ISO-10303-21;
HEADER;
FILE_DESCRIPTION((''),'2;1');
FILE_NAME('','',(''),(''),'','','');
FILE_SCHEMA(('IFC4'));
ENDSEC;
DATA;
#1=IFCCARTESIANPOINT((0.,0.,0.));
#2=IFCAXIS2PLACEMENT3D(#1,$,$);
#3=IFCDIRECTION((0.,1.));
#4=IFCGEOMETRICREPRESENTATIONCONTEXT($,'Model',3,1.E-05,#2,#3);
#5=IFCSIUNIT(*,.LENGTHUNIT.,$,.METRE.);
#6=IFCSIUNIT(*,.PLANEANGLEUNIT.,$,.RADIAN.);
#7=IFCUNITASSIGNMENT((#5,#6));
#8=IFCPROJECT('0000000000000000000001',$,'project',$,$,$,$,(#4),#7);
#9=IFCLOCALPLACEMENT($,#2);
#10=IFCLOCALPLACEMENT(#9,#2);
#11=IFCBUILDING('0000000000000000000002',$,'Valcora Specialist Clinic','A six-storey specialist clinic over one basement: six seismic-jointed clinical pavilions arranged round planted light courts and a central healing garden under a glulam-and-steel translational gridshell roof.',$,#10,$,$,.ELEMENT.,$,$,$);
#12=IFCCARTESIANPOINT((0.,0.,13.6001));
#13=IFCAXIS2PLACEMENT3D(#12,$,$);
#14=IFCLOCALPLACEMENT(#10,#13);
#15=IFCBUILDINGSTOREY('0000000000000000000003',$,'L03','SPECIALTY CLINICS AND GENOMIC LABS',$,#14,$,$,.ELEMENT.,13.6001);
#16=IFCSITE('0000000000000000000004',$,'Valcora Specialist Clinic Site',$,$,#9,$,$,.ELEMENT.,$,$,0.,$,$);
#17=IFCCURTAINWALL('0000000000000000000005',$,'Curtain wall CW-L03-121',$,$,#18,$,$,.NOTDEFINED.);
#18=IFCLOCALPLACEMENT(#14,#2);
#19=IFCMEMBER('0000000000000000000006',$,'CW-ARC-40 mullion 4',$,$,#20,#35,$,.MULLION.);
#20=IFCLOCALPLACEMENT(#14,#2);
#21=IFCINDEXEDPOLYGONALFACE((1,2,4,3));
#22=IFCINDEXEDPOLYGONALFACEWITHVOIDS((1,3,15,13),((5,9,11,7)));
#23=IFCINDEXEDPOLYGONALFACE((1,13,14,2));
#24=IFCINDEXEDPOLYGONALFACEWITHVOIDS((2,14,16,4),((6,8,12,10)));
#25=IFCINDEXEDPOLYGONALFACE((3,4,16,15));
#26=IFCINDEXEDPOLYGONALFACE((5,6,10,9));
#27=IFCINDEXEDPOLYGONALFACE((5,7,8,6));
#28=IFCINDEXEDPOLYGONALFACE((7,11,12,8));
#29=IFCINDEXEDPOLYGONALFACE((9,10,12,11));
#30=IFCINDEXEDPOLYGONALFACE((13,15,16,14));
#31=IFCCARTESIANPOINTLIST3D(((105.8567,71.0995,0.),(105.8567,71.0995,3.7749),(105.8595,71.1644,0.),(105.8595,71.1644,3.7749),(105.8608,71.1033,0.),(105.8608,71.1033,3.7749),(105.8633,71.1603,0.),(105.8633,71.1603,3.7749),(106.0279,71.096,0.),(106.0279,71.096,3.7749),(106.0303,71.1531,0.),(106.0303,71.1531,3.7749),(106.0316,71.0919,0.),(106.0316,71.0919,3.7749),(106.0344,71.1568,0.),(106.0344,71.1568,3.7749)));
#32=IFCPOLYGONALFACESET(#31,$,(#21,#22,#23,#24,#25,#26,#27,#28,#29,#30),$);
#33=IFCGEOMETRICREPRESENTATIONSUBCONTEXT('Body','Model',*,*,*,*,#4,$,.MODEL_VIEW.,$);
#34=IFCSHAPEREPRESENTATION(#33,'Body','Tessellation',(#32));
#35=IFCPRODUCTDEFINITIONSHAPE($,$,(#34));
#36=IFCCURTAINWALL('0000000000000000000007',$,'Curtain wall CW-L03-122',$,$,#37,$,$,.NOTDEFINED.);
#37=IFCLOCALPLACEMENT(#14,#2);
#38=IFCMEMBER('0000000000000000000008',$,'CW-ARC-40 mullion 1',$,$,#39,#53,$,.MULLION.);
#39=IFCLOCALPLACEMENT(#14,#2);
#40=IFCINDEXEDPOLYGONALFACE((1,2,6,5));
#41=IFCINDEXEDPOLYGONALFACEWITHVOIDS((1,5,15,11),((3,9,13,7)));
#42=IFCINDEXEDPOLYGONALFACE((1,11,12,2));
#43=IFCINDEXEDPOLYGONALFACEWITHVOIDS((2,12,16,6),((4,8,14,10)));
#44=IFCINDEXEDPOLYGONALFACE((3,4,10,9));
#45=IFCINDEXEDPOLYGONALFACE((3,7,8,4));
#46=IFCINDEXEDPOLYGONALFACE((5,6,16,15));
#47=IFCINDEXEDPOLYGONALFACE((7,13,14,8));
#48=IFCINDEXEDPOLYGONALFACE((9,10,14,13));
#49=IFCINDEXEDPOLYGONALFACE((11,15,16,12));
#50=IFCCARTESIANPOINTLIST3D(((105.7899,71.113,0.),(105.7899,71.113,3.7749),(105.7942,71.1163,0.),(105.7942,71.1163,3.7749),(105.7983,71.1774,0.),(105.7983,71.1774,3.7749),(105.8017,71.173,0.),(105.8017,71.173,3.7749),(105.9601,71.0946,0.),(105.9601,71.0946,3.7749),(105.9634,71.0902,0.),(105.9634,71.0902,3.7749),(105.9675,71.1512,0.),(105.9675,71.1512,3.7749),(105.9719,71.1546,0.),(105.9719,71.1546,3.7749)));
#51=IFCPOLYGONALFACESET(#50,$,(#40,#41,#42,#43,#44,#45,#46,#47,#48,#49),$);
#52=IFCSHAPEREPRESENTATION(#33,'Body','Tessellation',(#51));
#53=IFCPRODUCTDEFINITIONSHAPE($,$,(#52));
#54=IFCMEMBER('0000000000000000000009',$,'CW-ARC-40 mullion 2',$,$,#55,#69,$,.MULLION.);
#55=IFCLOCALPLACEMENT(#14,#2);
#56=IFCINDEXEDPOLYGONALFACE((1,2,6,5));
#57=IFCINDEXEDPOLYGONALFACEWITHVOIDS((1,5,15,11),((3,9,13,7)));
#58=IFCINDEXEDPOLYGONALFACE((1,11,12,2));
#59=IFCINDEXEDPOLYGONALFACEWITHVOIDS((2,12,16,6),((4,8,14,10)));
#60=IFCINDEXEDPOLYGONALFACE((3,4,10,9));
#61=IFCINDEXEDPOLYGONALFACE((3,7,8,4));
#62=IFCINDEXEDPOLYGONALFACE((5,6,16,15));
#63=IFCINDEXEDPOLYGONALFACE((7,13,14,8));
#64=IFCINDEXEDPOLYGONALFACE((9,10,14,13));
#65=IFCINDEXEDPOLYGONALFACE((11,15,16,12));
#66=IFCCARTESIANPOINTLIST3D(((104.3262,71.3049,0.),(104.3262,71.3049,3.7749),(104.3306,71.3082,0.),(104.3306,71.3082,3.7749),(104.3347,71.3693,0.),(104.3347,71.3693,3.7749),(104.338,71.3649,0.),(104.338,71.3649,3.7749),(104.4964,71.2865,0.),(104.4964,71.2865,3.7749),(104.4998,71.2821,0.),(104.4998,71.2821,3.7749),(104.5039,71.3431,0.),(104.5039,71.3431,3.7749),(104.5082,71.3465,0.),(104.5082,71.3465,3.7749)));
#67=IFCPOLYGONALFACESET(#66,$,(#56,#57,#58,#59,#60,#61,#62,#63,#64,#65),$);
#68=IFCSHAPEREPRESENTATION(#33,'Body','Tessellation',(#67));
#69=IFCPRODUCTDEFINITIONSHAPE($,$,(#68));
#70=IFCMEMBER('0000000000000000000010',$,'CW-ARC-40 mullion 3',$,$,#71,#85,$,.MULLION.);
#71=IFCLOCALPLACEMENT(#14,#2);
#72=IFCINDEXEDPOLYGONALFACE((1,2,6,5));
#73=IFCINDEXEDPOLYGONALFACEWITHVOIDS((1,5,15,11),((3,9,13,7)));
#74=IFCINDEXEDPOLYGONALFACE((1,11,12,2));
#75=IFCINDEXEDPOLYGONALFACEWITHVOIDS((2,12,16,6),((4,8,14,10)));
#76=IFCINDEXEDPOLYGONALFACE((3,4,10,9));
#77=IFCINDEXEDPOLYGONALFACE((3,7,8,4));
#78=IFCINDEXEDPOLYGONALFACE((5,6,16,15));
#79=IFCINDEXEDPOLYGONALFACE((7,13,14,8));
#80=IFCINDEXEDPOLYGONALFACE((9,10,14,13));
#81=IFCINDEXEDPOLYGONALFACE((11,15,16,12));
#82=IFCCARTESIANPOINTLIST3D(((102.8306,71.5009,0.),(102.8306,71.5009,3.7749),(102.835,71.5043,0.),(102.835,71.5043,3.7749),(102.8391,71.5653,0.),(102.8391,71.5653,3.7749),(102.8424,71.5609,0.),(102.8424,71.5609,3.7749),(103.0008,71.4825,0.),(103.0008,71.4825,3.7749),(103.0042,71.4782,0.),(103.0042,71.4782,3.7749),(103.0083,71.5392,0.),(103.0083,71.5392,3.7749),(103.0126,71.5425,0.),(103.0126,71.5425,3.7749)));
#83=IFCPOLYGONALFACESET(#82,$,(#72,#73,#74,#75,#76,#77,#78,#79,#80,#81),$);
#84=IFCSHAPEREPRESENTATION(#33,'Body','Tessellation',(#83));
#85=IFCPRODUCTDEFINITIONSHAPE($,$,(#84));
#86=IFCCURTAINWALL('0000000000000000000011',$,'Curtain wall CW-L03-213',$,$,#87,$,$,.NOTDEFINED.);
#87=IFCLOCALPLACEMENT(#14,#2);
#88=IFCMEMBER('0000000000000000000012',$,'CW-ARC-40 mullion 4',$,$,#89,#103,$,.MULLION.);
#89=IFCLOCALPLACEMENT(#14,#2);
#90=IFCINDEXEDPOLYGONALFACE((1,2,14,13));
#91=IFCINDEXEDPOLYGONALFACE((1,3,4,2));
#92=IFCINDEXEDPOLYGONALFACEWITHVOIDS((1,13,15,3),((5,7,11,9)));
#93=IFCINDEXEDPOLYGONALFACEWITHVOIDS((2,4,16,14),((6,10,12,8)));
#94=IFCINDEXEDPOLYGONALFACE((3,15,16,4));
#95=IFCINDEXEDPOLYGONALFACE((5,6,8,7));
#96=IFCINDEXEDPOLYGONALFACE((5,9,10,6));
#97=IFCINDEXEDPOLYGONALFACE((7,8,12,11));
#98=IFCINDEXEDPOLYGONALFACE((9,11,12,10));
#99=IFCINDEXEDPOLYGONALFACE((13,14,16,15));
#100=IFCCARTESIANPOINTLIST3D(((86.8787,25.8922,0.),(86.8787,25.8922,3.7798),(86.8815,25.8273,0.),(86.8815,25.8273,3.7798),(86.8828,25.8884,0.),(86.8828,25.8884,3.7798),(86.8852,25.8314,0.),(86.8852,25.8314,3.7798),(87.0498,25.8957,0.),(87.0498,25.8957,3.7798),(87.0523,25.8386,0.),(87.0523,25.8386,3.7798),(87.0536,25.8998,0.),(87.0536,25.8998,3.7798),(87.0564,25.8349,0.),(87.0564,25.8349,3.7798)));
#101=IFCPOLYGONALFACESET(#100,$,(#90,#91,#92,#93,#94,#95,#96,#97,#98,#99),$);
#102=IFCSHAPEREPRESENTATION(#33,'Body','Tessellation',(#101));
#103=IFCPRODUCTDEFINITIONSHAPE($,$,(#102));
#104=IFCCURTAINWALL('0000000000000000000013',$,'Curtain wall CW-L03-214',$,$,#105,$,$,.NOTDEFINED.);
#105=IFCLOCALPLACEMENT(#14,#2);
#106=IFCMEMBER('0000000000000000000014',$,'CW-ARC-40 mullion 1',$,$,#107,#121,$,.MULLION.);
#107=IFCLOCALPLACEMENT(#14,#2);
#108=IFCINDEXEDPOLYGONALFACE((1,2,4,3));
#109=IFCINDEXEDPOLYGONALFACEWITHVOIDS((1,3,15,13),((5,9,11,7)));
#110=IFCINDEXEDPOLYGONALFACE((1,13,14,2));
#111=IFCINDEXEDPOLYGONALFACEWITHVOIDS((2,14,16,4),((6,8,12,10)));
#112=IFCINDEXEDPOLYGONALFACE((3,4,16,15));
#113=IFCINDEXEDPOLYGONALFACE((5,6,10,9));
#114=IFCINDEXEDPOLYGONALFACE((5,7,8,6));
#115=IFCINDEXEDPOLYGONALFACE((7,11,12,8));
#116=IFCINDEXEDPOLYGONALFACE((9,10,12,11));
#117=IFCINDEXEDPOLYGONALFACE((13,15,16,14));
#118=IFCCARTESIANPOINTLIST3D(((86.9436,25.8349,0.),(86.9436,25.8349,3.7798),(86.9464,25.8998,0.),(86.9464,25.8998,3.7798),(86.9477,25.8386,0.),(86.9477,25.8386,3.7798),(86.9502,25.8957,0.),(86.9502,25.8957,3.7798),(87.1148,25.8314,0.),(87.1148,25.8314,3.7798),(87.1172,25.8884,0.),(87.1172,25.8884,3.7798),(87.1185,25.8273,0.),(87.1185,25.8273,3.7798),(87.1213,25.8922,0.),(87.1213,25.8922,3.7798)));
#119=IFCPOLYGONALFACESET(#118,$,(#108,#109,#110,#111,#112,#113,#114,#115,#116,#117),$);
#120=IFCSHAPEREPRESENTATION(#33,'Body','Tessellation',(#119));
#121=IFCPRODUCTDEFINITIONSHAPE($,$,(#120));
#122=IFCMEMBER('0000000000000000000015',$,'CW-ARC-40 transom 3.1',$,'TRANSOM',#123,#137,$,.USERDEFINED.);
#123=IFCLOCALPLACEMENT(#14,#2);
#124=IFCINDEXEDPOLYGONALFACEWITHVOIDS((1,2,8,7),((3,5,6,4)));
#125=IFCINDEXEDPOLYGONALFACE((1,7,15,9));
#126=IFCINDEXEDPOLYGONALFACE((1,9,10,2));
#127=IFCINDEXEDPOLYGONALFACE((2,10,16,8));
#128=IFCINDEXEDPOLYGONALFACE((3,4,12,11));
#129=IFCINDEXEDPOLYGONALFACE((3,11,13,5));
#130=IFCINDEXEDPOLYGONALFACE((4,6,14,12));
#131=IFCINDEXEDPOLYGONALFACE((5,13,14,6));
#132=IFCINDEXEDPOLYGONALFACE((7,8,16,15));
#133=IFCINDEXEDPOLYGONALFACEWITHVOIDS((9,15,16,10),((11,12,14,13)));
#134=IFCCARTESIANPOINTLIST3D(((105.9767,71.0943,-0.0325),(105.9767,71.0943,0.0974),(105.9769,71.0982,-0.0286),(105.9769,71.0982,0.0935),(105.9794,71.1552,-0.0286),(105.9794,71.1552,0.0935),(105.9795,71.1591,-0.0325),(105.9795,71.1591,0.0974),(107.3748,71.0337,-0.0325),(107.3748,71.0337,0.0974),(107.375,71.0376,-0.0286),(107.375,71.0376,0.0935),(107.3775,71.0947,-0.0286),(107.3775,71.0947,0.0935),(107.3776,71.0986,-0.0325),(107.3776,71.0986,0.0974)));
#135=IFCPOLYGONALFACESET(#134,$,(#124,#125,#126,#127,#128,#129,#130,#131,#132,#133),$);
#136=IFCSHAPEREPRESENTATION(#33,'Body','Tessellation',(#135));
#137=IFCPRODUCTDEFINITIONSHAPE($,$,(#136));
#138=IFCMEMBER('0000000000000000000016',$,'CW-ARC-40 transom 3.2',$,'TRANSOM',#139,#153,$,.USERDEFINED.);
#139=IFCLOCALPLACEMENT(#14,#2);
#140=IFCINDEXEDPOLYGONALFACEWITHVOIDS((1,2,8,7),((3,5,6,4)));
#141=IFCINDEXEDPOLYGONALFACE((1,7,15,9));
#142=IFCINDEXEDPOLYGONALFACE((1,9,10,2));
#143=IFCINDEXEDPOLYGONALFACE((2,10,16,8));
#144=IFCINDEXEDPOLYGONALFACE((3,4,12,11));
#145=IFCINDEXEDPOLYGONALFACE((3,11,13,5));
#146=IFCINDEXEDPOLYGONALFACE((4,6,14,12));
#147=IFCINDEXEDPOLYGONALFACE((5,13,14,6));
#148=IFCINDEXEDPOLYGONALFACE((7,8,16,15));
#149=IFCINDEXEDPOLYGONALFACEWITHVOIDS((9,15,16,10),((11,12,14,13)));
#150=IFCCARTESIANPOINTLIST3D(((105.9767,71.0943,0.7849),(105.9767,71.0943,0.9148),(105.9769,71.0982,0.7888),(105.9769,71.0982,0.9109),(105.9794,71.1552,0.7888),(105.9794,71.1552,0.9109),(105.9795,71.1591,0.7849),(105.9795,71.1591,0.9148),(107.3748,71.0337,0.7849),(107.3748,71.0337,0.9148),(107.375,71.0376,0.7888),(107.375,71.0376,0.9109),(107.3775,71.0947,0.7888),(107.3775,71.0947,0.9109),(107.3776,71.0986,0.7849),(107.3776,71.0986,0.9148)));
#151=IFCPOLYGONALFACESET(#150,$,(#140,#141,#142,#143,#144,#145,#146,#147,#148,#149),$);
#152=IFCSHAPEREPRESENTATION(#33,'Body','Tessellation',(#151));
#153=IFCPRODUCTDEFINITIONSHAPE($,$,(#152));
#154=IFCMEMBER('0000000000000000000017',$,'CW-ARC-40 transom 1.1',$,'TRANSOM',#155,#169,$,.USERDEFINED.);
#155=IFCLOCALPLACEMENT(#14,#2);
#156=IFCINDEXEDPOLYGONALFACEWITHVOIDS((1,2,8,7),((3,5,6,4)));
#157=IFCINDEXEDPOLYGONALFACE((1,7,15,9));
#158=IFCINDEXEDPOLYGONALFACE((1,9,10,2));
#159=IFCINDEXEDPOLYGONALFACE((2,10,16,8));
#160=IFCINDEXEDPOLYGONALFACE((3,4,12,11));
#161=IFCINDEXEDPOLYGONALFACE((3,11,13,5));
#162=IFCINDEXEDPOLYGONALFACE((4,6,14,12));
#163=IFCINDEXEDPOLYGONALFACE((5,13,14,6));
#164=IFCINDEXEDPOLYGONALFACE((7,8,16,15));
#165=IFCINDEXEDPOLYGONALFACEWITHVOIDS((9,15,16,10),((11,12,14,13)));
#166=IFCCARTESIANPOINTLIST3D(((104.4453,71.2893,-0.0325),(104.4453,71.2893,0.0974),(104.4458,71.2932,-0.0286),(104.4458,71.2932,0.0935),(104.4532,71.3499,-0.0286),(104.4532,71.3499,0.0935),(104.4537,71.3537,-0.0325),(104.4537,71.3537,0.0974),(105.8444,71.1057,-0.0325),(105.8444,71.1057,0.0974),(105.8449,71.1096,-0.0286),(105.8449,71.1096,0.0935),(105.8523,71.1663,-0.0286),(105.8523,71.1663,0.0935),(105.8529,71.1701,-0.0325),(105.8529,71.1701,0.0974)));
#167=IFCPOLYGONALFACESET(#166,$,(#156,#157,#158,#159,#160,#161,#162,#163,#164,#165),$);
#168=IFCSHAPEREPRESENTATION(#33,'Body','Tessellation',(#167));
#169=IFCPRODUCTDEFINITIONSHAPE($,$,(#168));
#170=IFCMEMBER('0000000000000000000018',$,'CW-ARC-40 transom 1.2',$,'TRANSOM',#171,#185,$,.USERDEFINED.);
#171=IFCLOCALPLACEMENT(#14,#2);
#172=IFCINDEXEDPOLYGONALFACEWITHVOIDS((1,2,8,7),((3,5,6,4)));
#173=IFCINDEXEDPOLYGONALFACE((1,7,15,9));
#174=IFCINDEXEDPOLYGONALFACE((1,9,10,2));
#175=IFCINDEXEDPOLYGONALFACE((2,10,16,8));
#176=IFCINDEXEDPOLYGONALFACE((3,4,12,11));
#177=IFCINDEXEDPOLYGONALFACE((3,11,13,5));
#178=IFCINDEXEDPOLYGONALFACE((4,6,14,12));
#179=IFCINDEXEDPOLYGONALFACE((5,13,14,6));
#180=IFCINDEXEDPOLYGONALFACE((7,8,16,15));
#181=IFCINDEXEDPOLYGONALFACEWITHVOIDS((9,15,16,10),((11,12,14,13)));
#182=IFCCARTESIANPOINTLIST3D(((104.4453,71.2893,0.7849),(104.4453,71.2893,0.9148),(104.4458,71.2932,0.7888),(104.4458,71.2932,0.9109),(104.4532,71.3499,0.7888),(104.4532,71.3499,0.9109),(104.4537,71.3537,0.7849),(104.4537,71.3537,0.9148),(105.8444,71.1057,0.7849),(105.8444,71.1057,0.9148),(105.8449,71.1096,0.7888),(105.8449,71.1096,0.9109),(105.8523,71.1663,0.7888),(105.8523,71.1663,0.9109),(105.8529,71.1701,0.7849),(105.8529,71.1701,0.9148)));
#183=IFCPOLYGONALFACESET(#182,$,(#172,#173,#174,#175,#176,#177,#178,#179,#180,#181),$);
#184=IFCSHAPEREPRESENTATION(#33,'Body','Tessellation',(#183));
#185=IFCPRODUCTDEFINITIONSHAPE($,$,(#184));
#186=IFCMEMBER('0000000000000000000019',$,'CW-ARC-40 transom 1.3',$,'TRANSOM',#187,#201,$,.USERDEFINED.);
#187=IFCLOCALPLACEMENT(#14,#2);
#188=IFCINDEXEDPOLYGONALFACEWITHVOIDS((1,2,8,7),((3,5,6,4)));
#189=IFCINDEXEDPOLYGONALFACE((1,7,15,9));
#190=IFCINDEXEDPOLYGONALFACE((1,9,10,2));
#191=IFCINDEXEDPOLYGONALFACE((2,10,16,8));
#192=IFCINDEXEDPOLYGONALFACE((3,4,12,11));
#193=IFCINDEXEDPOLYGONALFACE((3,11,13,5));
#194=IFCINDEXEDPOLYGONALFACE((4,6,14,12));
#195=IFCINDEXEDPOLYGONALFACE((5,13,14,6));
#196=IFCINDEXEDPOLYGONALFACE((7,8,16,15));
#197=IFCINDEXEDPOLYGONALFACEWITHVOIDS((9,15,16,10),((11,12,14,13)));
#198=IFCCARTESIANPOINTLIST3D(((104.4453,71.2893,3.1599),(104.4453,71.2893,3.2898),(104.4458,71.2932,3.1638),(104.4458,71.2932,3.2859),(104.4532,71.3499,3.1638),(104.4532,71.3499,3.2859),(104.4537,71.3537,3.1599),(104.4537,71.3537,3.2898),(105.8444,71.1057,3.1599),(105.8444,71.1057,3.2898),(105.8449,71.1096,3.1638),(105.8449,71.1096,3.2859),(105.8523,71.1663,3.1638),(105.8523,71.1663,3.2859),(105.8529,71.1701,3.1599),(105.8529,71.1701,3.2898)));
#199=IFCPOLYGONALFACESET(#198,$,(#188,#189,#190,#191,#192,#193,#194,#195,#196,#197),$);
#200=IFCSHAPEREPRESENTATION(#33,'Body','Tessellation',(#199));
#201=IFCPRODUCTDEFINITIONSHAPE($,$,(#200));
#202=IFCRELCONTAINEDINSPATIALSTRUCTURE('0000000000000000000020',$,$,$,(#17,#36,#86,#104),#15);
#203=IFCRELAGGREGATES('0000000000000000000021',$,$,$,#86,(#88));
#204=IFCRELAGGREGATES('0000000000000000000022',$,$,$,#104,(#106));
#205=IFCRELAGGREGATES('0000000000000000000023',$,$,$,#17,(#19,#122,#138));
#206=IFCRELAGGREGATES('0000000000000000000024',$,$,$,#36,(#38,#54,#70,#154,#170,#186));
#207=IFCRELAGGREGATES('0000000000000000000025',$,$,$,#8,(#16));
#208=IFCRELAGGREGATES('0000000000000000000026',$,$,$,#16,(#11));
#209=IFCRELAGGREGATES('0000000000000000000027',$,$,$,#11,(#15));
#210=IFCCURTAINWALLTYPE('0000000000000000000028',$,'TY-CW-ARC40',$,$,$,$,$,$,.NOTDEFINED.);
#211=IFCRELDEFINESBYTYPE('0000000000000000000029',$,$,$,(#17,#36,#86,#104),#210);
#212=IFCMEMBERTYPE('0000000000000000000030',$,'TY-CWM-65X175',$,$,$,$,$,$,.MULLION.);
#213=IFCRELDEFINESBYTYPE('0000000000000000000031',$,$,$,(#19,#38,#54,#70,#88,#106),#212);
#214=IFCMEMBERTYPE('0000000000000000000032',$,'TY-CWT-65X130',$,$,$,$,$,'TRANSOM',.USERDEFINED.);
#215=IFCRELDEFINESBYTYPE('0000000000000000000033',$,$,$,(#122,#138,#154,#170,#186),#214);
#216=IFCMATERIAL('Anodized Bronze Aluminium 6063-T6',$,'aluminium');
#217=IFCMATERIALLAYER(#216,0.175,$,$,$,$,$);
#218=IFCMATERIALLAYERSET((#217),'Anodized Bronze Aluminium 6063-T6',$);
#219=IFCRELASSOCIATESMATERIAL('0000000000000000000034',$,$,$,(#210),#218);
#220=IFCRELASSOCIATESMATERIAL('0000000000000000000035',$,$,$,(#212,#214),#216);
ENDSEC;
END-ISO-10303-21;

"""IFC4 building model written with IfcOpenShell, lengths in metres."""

from ifc_helpers import new_model, si_unit, direction, frame, origin, origin_2d, place, context, subcontext, project, spatial, hollow_rectangle, extrude, material, layer, layer_set, material_profile, profile_set, type_object, element, aggregate, save


model = new_model("IFC4")

# Units and contexts
model_context = context("Model", 3, precision=1e-05, world=origin(), true_north=direction((0.0, 1.0)))
body_context = subcontext(model_context, "Body", "Model", "MODEL_VIEW")
ifc_project = project(units=[si_unit("LENGTHUNIT", "METRE"), si_unit("PLANEANGLEUNIT", "RADIAN")], contexts=[model_context])

# Site, building, storey
site_placement = place(None, origin())
site = spatial("IfcSite", under=ifc_project, at=site_placement, Name="Valcora Specialist Clinic Site", CompositionType="ELEMENT", RefElevation=0.0)
building_placement = place(site_placement, origin())
building = spatial("IfcBuilding", under=site, at=building_placement, Name="Valcora Specialist Clinic", Description="A six-storey specialist clinic over one basement: six seismic-jointed clinical pavilions arranged round planted light courts and a central healing garden under a glulam-and-steel translational gridshell roof.", CompositionType="ELEMENT")
storey_placement = place(building_placement, frame((0.0, 0.0, 13.6001)))
storey = spatial("IfcBuildingStorey", under=building, at=storey_placement, Name="L03", Description="SPECIALTY CLINICS AND GENOMIC LABS", CompositionType="ELEMENT", Elevation=13.6001)

# Curtain wall, member
ifc_material_1 = material(Name="Anodized Bronze Aluminium 6063-T6", Category="aluminium")
ifc_layer_1 = layer(ifc_material_1, 0.175)
ifc_layer_set_1 = layer_set([ifc_layer_1], Name="Anodized Bronze Aluminium 6063-T6")
curtain_wall_type = type_object("IfcCurtainWallType", Name="TY-CW-ARC40", PredefinedType="NOTDEFINED", material=ifc_layer_set_1)
curtain_wall_1_placement = place(storey_placement, origin())
curtain_wall_1 = element("IfcCurtainWall", 1, at=curtain_wall_1_placement, inside=storey, type_object=curtain_wall_type, Name="Curtain wall CW-L03-121", PredefinedType="NOTDEFINED")
ifc_material_profile_1 = material_profile(ifc_material_1, hollow_rectangle(XDim=0.0649, YDim=0.175, WallThickness=0.0039, at=origin_2d()), Name="AL-MUL-65X175")
ifc_profile_set_1 = profile_set([ifc_material_profile_1], Name="Anodized Bronze Aluminium 6063-T6")
member_type_1 = type_object("IfcMemberType", Name="TY-CWM-65X175", PredefinedType="MULLION", material=ifc_profile_set_1)
member_1_placement = place(storey_placement, frame((105.9456, 71.1282, 0.0), z_axis=(0.0, 0.0, 1.0), x_axis=(-0.043307, -0.999062, 0.0)))
member_1 = element("IfcMember", 2, at=member_1_placement, type_object=member_type_1, Name="CW-ARC-40 mullion 4", PredefinedType="MULLION", context=body_context, shape_type="SweptSolid", body=[
    extrude(hollow_rectangle(XDim=0.0649, YDim=0.175, WallThickness=0.0039, at=origin_2d()), origin(), (0.0, 0.0, 1.0), 3.7749),
])

# Curtain wall, members
curtain_wall_2_placement = place(storey_placement, origin())
curtain_wall_2 = element("IfcCurtainWall", 3, at=curtain_wall_2_placement, inside=storey, type_object=curtain_wall_type, Name="Curtain wall CW-L03-122", PredefinedType="NOTDEFINED")
member_2_placement = place(storey_placement, frame((105.8809, 71.1338, 0.0), z_axis=(0.0, 0.0, 1.0), x_axis=(-0.129999, -0.991514, 0.0)))
member_2 = element("IfcMember", 4, at=member_2_placement, type_object=member_type_1, Name="CW-ARC-40 mullion 1", PredefinedType="MULLION", context=body_context, shape_type="SweptSolid", body=[
    extrude(hollow_rectangle(XDim=0.0649, YDim=0.175, WallThickness=0.0039, at=origin_2d()), origin(), (0.0, 0.0, 1.0), 3.7749),
])
member_3_placement = place(storey_placement, frame((104.4172, 71.3257, 0.0), z_axis=(0.0, 0.0, 1.0), x_axis=(-0.129999, -0.991514, 0.0)))
member_3 = element("IfcMember", 5, at=member_3_placement, type_object=member_type_1, Name="CW-ARC-40 mullion 2", PredefinedType="MULLION", context=body_context, shape_type="SweptSolid", body=[
    extrude(hollow_rectangle(XDim=0.0649, YDim=0.175, WallThickness=0.0039, at=origin_2d()), origin(), (0.0, 0.0, 1.0), 3.7749),
])
member_4_placement = place(storey_placement, frame((102.9216, 71.5217, 0.0), z_axis=(0.0, 0.0, 1.0), x_axis=(-0.129999, -0.991514, 0.0)))
member_4 = element("IfcMember", 6, at=member_4_placement, type_object=member_type_1, Name="CW-ARC-40 mullion 3", PredefinedType="MULLION", context=body_context, shape_type="SweptSolid", body=[
    extrude(hollow_rectangle(XDim=0.0649, YDim=0.175, WallThickness=0.0039, at=origin_2d()), origin(), (0.0, 0.0, 1.0), 3.7749),
])

# Curtain walls, members
curtain_wall_3_placement = place(storey_placement, origin())
curtain_wall_3 = element("IfcCurtainWall", 7, at=curtain_wall_3_placement, inside=storey, type_object=curtain_wall_type, Name="Curtain wall CW-L03-213", PredefinedType="NOTDEFINED")
member_5_placement = place(storey_placement, frame((86.9675, 25.8635, 0.0), z_axis=(0.0, 0.0, 1.0), x_axis=(-0.043307, 0.999062, 0.0)))
member_5 = element("IfcMember", 8, at=member_5_placement, type_object=member_type_1, Name="CW-ARC-40 mullion 4", PredefinedType="MULLION", context=body_context, shape_type="SweptSolid", body=[
    extrude(hollow_rectangle(XDim=0.0649, YDim=0.175, WallThickness=0.0039, at=origin_2d()), origin(), (0.0, 0.0, 1.0), 3.7798),
])
aggregate(curtain_wall_3, [member_5])
curtain_wall_4_placement = place(storey_placement, origin())
curtain_wall_4 = element("IfcCurtainWall", 9, at=curtain_wall_4_placement, inside=storey, type_object=curtain_wall_type, Name="Curtain wall CW-L03-214", PredefinedType="NOTDEFINED")
member_6_placement = place(storey_placement, frame((87.0325, 25.8635, 0.0), z_axis=(0.0, 0.0, 1.0), x_axis=(0.043307, 0.999062, 0.0)))
member_6 = element("IfcMember", 10, at=member_6_placement, type_object=member_type_1, Name="CW-ARC-40 mullion 1", PredefinedType="MULLION", context=body_context, shape_type="SweptSolid", body=[
    extrude(hollow_rectangle(XDim=0.0649, YDim=0.175, WallThickness=0.0039, at=origin_2d()), origin(), (0.0, 0.0, 1.0), 3.7798),
])

# Members
ifc_material_profile_2 = material_profile(ifc_material_1, hollow_rectangle(XDim=0.0649, YDim=0.1299, WallThickness=0.0039, at=origin_2d()), Name="AL-TRN-65X130")
ifc_profile_set_2 = profile_set([ifc_material_profile_2], Name="Anodized Bronze Aluminium 6063-T6")
member_type_2 = type_object("IfcMemberType", Name="TY-CWT-65X130", ElementType="TRANSOM", PredefinedType="USERDEFINED", material=ifc_profile_set_2)
member_7_placement = place(storey_placement, frame((107.3762, 71.0662, 0.0325), z_axis=(-0.999064, 0.043263, 0.0), x_axis=(-0.043263, -0.999064, 0.0)))
member_7 = element("IfcMember", 11, at=member_7_placement, type_object=member_type_2, Name="CW-ARC-40 transom 3.1", ObjectType="TRANSOM", PredefinedType="USERDEFINED", context=body_context, shape_type="SweptSolid", body=[
    extrude(hollow_rectangle(XDim=0.0649, YDim=0.1299, WallThickness=0.0039, at=origin_2d()), origin(), (0.0, 0.0, 1.0), 1.3994),
])
member_8_placement = place(storey_placement, frame((107.3762, 71.0662, 0.8499), z_axis=(-0.999064, 0.043263, 0.0), x_axis=(-0.043263, -0.999064, 0.0)))
member_8 = element("IfcMember", 12, at=member_8_placement, type_object=member_type_2, Name="CW-ARC-40 transom 3.2", ObjectType="TRANSOM", PredefinedType="USERDEFINED", context=body_context, shape_type="SweptSolid", body=[
    extrude(hollow_rectangle(XDim=0.0649, YDim=0.1299, WallThickness=0.0039, at=origin_2d()), origin(), (0.0, 0.0, 1.0), 1.3994),
])
member_9_placement = place(storey_placement, frame((105.8486, 71.1379, 0.0325), z_axis=(-0.991501, 0.130101, 0.0), x_axis=(-0.130101, -0.991501, 0.0)))
member_9 = element("IfcMember", 13, at=member_9_placement, type_object=member_type_2, Name="CW-ARC-40 transom 1.1", ObjectType="TRANSOM", PredefinedType="USERDEFINED", context=body_context, shape_type="SweptSolid", body=[
    extrude(hollow_rectangle(XDim=0.0649, YDim=0.1299, WallThickness=0.0039, at=origin_2d()), origin(), (0.0, 0.0, 1.0), 1.4111),
])
member_10_placement = place(storey_placement, frame((105.8486, 71.1379, 0.8499), z_axis=(-0.991501, 0.130101, 0.0), x_axis=(-0.130101, -0.991501, 0.0)))
member_10 = element("IfcMember", 14, at=member_10_placement, type_object=member_type_2, Name="CW-ARC-40 transom 1.2", ObjectType="TRANSOM", PredefinedType="USERDEFINED", context=body_context, shape_type="SweptSolid", body=[
    extrude(hollow_rectangle(XDim=0.0649, YDim=0.1299, WallThickness=0.0039, at=origin_2d()), origin(), (0.0, 0.0, 1.0), 1.4111),
])
member_11_placement = place(storey_placement, frame((105.8486, 71.1379, 3.2249), z_axis=(-0.991501, 0.130101, 0.0), x_axis=(-0.130101, -0.991501, 0.0)))
member_11 = element("IfcMember", 15, at=member_11_placement, type_object=member_type_2, Name="CW-ARC-40 transom 1.3", ObjectType="TRANSOM", PredefinedType="USERDEFINED", context=body_context, shape_type="SweptSolid", body=[
    extrude(hollow_rectangle(XDim=0.0649, YDim=0.1299, WallThickness=0.0039, at=origin_2d()), origin(), (0.0, 0.0, 1.0), 1.4111),
])
aggregate(curtain_wall_4, [member_6])

aggregate(curtain_wall_1, [member_1, member_7, member_8])
aggregate(curtain_wall_2, [member_2, member_3, member_4, member_9, member_10, member_11])

save(model, "model.ifc")
